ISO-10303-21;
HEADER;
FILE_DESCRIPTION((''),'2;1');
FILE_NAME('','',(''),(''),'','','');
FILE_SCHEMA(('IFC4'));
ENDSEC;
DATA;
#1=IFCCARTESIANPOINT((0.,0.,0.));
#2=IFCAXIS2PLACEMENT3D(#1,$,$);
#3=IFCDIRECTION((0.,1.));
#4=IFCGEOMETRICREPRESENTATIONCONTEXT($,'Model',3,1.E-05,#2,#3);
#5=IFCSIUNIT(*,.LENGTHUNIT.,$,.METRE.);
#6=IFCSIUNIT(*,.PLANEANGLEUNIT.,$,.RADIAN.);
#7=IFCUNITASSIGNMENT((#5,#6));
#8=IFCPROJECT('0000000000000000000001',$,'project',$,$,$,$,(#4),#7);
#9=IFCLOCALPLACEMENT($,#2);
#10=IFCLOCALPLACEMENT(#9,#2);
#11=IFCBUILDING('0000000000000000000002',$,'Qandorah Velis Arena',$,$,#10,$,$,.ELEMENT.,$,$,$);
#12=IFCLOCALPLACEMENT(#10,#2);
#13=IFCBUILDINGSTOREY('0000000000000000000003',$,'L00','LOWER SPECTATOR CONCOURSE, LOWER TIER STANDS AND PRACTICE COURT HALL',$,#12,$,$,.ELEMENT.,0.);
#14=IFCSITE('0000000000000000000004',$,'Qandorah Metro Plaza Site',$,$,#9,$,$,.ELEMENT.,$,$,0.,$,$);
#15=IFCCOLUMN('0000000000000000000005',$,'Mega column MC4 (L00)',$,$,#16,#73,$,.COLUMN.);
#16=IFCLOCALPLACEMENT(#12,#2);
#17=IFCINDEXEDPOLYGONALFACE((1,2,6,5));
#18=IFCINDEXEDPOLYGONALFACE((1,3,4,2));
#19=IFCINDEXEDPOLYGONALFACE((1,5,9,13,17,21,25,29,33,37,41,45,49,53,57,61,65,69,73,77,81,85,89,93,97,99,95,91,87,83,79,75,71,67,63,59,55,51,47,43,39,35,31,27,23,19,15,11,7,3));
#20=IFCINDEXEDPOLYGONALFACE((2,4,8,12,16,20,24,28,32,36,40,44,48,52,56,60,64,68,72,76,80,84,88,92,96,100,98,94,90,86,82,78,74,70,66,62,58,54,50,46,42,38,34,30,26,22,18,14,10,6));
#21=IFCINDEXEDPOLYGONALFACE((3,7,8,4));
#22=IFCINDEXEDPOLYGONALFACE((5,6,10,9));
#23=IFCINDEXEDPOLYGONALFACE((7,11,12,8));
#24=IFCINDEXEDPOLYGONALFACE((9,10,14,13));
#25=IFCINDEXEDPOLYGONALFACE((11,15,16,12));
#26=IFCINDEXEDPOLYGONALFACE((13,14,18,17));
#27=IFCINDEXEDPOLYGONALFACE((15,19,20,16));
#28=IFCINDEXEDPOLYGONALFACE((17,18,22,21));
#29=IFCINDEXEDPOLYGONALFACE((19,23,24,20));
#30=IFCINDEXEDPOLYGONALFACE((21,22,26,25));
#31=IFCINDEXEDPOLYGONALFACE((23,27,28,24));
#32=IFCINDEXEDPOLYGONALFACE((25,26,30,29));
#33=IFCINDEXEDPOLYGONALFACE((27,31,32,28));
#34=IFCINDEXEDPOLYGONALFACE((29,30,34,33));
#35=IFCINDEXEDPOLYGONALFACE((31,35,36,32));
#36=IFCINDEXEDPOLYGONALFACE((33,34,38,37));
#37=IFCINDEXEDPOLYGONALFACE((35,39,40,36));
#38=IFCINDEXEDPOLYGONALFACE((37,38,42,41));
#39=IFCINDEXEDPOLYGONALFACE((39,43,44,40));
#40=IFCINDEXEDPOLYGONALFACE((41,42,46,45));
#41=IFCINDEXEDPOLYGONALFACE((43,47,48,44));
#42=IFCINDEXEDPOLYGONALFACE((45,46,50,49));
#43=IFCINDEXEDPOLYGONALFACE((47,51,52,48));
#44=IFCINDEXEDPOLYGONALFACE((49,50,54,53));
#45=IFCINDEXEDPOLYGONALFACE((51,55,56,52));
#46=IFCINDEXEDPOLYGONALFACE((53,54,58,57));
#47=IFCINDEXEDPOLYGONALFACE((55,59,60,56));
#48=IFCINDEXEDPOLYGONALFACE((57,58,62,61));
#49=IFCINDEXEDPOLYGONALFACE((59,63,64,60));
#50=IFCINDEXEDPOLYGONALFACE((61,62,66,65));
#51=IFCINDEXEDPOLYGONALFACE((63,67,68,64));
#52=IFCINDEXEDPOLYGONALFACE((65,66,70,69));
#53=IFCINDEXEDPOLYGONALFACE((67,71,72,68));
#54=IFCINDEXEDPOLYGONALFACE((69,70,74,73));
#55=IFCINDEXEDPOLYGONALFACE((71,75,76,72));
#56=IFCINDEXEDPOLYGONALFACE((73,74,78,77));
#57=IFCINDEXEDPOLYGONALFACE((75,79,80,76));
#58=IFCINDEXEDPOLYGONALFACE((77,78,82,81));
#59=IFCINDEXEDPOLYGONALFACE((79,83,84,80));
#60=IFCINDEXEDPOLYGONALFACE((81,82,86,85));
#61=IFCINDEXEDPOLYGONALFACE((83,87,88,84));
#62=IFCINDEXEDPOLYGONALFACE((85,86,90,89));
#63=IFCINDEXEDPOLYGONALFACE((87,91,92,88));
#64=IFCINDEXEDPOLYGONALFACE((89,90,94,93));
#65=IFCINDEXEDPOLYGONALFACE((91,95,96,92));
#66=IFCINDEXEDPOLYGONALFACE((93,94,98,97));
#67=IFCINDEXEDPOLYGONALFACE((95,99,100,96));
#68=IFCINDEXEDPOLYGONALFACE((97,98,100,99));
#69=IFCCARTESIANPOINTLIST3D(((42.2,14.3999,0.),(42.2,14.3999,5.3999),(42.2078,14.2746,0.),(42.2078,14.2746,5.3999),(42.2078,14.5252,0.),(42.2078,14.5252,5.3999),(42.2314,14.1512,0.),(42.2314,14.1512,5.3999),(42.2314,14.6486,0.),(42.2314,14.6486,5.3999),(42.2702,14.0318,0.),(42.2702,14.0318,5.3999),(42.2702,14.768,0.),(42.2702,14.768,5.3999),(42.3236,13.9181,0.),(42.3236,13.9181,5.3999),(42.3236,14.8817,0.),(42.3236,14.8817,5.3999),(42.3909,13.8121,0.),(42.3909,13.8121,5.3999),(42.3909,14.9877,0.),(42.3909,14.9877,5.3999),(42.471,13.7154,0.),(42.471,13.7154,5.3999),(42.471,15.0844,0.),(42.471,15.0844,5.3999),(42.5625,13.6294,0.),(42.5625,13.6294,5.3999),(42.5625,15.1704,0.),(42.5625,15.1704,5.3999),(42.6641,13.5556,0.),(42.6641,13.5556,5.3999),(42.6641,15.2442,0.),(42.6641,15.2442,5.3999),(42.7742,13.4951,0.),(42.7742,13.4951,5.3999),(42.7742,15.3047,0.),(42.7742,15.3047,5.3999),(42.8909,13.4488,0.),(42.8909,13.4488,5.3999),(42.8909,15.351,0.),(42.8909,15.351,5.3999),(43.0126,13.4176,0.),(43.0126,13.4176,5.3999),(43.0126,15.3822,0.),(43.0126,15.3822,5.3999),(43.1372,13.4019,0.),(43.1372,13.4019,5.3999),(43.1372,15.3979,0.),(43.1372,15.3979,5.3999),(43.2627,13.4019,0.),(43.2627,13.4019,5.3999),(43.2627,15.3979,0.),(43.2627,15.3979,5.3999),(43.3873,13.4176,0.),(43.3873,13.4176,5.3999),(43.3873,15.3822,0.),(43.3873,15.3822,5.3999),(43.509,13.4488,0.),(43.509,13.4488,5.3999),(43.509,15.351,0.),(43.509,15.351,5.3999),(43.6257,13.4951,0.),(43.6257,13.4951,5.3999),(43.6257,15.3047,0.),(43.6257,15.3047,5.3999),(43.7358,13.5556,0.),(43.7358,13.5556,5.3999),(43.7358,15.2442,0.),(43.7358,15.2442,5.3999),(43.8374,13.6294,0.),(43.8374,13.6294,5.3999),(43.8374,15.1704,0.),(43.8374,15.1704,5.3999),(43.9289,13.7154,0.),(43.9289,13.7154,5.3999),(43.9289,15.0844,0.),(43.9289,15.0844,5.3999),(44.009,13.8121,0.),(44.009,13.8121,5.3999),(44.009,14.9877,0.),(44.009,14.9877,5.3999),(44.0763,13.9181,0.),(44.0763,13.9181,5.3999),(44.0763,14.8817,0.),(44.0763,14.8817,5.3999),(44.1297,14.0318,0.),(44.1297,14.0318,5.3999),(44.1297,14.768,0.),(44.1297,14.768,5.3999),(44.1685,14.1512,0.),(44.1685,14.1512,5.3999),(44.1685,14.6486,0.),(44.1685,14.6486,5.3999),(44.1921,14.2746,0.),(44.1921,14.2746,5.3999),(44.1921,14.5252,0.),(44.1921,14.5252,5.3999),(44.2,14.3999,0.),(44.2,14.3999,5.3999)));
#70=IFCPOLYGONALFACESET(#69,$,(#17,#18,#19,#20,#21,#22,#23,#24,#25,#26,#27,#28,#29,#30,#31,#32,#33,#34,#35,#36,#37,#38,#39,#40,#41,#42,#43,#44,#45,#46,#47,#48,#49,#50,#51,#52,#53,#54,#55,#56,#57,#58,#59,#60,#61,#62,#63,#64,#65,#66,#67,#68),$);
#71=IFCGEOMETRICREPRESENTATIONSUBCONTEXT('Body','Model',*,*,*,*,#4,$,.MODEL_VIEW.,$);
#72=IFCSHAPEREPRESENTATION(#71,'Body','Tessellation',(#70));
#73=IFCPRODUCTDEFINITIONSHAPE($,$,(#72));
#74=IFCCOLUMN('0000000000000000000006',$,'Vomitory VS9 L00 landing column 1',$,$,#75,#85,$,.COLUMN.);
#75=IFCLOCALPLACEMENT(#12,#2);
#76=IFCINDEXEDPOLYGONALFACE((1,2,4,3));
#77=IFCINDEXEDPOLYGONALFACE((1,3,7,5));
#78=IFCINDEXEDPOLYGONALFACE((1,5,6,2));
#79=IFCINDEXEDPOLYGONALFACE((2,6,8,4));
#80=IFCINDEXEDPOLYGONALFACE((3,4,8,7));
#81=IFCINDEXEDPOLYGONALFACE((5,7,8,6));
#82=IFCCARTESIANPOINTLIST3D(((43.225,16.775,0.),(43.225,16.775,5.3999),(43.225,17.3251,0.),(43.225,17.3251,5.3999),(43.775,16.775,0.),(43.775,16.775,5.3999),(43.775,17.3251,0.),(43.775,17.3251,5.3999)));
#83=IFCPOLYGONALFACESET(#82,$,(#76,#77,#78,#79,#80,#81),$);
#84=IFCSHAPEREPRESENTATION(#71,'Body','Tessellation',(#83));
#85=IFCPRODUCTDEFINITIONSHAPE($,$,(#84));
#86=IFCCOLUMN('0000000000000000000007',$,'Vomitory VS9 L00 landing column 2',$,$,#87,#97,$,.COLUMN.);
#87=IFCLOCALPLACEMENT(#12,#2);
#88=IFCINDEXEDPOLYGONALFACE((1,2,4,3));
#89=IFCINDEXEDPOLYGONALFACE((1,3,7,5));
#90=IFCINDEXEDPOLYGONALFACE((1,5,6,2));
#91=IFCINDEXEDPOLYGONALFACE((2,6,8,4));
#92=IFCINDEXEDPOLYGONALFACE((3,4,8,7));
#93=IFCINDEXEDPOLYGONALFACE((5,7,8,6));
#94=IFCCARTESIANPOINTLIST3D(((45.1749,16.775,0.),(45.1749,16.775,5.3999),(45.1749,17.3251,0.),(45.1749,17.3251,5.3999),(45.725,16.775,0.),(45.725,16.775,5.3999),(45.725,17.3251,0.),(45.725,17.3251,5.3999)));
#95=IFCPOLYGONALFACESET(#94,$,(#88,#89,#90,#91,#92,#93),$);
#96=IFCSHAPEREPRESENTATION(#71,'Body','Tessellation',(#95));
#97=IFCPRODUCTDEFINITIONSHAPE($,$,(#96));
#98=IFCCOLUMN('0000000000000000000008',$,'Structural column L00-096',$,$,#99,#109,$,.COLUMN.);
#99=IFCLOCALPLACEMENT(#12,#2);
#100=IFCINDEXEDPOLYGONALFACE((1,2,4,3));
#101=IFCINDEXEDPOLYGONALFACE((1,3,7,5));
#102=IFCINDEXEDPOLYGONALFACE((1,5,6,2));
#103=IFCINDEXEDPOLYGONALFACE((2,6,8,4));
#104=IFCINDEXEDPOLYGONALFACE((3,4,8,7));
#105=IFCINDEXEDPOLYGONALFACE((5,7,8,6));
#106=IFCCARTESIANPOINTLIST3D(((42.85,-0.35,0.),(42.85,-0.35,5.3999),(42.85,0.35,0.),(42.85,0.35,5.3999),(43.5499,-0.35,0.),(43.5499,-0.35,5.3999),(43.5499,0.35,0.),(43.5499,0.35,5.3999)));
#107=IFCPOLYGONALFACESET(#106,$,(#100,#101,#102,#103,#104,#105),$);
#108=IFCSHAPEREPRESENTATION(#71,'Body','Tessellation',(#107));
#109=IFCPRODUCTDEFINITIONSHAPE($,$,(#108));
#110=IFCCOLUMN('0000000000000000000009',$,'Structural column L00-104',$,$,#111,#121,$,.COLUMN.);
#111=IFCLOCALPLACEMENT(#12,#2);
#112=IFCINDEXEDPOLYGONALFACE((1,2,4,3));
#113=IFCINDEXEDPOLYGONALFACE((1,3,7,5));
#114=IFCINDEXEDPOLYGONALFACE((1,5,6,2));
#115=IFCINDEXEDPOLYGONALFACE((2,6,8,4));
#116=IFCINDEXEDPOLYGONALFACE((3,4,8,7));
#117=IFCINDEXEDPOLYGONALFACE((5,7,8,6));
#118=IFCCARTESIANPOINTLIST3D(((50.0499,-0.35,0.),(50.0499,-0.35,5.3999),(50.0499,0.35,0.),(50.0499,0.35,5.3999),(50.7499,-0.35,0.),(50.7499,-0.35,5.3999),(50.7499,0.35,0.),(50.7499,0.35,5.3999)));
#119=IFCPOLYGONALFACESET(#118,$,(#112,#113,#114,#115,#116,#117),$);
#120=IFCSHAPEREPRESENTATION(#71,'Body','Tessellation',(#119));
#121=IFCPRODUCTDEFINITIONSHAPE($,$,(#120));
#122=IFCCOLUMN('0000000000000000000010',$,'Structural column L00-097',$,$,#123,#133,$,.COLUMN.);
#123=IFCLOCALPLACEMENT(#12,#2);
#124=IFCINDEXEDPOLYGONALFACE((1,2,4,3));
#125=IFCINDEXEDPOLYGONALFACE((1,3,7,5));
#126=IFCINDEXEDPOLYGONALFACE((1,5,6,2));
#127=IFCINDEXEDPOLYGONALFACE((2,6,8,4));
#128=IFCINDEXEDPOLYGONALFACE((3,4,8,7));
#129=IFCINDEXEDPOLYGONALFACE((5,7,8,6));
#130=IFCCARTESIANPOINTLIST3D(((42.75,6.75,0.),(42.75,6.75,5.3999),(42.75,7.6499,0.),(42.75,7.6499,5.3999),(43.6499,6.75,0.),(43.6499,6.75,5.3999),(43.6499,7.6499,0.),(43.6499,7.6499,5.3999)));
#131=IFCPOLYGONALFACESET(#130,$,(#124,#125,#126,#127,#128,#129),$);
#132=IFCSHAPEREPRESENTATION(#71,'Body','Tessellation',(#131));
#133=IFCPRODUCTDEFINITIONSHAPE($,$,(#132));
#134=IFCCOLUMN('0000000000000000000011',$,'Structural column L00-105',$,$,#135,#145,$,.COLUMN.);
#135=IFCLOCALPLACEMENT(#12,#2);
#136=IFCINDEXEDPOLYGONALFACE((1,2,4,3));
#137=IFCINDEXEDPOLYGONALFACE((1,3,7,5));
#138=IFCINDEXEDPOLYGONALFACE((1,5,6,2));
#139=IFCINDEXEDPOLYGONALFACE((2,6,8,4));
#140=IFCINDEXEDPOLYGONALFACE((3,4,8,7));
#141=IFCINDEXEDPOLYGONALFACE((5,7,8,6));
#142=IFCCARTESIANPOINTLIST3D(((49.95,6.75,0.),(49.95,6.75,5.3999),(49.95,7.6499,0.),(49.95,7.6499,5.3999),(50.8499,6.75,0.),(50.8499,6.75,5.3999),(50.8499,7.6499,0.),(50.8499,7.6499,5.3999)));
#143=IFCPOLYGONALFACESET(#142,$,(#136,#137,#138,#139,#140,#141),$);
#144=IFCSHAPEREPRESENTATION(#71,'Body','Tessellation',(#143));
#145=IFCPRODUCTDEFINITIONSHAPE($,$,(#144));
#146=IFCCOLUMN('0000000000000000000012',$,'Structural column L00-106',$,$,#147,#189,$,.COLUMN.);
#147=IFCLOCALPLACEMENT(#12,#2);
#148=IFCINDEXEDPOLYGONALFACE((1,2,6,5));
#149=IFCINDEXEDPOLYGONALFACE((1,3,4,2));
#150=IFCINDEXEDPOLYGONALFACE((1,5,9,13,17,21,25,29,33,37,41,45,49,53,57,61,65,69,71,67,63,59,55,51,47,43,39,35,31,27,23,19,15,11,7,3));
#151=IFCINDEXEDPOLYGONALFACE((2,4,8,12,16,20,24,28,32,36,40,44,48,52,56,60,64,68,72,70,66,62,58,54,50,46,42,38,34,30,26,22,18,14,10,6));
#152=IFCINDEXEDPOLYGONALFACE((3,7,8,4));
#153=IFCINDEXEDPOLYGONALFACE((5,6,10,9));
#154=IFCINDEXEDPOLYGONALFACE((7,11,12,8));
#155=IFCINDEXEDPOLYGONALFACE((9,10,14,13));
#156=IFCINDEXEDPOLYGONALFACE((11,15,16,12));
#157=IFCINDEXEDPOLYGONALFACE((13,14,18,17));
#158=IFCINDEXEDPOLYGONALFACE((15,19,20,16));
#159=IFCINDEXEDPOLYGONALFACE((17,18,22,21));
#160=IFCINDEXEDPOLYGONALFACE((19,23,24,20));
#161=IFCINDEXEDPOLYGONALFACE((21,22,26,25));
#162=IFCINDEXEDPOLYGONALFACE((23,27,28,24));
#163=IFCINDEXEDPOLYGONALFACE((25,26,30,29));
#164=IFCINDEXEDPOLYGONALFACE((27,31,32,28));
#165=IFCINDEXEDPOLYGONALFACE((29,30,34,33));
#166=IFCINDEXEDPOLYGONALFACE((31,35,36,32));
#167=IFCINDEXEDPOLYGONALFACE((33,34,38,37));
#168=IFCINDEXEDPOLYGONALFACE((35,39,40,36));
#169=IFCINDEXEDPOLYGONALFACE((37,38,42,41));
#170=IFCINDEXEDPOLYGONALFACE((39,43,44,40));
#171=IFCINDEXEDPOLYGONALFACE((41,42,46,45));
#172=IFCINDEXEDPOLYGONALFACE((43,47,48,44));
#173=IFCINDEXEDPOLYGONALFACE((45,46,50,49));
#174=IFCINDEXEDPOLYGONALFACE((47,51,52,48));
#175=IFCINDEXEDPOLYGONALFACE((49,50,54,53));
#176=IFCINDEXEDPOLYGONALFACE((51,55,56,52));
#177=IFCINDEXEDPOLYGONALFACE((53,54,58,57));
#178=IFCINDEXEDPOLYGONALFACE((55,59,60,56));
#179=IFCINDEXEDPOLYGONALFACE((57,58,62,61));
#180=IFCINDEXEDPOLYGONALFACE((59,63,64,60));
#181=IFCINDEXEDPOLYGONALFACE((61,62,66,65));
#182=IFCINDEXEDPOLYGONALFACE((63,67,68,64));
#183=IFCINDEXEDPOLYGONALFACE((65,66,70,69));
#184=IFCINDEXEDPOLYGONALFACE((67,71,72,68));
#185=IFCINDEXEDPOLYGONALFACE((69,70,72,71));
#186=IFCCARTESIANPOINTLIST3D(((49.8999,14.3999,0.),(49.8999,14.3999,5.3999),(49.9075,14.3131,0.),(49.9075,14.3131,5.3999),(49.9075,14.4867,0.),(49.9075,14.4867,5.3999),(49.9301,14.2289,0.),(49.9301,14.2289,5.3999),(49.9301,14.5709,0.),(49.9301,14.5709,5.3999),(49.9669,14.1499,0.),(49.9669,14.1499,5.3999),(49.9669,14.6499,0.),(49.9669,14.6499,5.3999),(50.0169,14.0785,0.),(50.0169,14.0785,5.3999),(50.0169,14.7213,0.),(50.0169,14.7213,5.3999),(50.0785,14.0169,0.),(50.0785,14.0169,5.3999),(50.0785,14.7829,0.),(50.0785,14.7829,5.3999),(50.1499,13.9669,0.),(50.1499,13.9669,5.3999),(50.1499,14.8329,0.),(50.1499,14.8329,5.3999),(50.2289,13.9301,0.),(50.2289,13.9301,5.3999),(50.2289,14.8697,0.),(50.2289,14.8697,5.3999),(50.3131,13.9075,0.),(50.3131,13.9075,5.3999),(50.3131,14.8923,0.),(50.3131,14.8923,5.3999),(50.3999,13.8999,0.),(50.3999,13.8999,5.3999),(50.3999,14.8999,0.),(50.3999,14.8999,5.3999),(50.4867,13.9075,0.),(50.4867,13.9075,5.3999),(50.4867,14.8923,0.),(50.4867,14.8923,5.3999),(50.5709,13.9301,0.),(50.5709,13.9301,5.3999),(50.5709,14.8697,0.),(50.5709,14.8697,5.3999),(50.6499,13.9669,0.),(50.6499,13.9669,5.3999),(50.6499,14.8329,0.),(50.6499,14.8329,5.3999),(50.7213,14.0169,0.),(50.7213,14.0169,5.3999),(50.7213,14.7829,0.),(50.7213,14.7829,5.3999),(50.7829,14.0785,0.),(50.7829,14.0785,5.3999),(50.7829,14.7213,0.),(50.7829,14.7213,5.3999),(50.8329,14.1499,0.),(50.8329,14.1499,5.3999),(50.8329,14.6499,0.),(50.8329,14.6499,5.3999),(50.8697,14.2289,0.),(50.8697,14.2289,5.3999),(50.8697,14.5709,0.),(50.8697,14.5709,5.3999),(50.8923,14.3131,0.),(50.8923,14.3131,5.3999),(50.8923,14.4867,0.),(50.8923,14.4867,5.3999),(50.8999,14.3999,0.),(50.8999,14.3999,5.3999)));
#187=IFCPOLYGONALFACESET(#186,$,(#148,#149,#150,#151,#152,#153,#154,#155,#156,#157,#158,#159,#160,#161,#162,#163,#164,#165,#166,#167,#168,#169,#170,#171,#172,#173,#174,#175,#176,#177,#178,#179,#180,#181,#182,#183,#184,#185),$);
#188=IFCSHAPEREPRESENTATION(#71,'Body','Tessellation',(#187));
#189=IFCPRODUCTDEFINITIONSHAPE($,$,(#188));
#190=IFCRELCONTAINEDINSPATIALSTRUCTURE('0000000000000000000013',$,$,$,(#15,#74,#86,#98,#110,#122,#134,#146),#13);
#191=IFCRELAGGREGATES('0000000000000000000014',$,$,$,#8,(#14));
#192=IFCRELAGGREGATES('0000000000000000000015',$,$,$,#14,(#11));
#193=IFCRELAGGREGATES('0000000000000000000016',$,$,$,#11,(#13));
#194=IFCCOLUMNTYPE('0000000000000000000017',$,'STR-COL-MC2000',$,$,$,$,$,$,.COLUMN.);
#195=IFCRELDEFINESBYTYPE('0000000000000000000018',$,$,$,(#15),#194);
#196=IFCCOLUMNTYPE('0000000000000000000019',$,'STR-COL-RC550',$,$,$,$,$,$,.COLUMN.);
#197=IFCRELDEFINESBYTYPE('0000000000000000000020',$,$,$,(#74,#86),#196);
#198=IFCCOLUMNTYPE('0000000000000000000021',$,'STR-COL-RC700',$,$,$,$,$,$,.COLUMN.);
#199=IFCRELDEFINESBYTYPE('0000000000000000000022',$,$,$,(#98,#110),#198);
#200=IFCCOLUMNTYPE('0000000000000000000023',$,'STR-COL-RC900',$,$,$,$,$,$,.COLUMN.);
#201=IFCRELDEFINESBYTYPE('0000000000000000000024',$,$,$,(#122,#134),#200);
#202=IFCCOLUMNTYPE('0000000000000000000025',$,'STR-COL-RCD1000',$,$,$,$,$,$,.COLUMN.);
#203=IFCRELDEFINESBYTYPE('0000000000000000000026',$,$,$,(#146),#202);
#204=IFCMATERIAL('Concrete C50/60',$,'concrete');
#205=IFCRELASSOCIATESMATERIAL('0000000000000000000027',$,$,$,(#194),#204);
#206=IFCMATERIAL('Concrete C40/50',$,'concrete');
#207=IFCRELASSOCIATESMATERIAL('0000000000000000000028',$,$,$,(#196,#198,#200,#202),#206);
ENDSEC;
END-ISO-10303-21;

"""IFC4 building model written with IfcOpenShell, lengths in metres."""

from ifc_helpers import new_model, si_unit, direction, frame, origin, origin_2d, place, context, subcontext, project, spatial, rectangle, circle, extrude, material, material_profile, profile_set, type_object, element, save


model = new_model("IFC4")

# Units and contexts
model_context = context("Model", 3, precision=1e-05, world=origin(), true_north=direction((0.0, 1.0)))
body_context = subcontext(model_context, "Body", "Model", "MODEL_VIEW")
ifc_project = project(units=[si_unit("LENGTHUNIT", "METRE"), si_unit("PLANEANGLEUNIT", "RADIAN")], contexts=[model_context])

# Site, building, storey
site_placement = place(None, origin())
site = spatial("IfcSite", under=ifc_project, at=site_placement, Name="Qandorah Metro Plaza Site", CompositionType="ELEMENT", RefElevation=0.0)
building_placement = place(site_placement, origin())
building = spatial("IfcBuilding", under=site, at=building_placement, Name="Qandorah Velis Arena", CompositionType="ELEMENT")
storey_placement = place(building_placement, origin())
storey = spatial("IfcBuildingStorey", under=building, at=storey_placement, Name="L00", Description="LOWER SPECTATOR CONCOURSE, LOWER TIER STANDS AND PRACTICE COURT HALL", CompositionType="ELEMENT", Elevation=0.0)

# Columns
ifc_material_1 = material(Name="Concrete C50/60", Category="concrete")
ifc_material_profile_1 = material_profile(ifc_material_1, circle(Radius=1.0, at=origin_2d()), Name="MC D2000")
ifc_profile_set_1 = profile_set([ifc_material_profile_1], Name="Concrete C50/60")
column_type_1 = type_object("IfcColumnType", Name="STR-COL-MC2000", PredefinedType="COLUMN", material=ifc_profile_set_1)
column_1_placement = place(storey_placement, frame((43.2, 14.3999, 0.0), z_axis=(0.0, 0.0, 1.0), x_axis=(1.0, 0.0, 0.0)))
element("IfcColumn", 1, at=column_1_placement, inside=storey, type_object=column_type_1, Name="Mega column MC4 (L00)", PredefinedType="COLUMN", context=body_context, shape_type="SweptSolid", body=[
    extrude(circle(Radius=1.0, at=origin_2d()), origin(), (0.0, 0.0, 1.0), 5.3999),
])
ifc_material_2 = material(Name="Concrete C40/50", Category="concrete")
ifc_material_profile_2 = material_profile(ifc_material_2, rectangle(XDim=0.55, YDim=0.55, at=origin_2d()), Name="RC COL 550x550")
ifc_profile_set_2 = profile_set([ifc_material_profile_2], Name="Concrete C40/50")
column_type_2 = type_object("IfcColumnType", Name="STR-COL-RC550", PredefinedType="COLUMN", material=ifc_profile_set_2)
for number, where, z_axis, x_axis, name in (
    (2, (43.5, 17.05, 0.0), (0.0, 0.0, 1.0), (1.0, 0.0, 0.0), "Vomitory VS9 L00 landing column 1"),
    (3, (45.45, 17.05, 0.0), (0.0, 0.0, 1.0), (1.0, 0.0, 0.0), "Vomitory VS9 L00 landing column 2"),
):
    element("IfcColumn", number, at=place(storey_placement, frame(where, z_axis=z_axis, x_axis=x_axis)), inside=storey, type_object=column_type_2, Name=name, PredefinedType="COLUMN", context=body_context, shape_type="SweptSolid", body=[
        extrude(rectangle(XDim=0.55, YDim=0.55, at=origin_2d()), origin(), (0.0, 0.0, 1.0), 5.3999),
    ])
ifc_material_profile_3 = material_profile(ifc_material_2, rectangle(XDim=0.7, YDim=0.7, at=origin_2d()), Name="RC COL 700x700")
ifc_profile_set_3 = profile_set([ifc_material_profile_3], Name="Concrete C40/50")
column_type_3 = type_object("IfcColumnType", Name="STR-COL-RC700", PredefinedType="COLUMN", material=ifc_profile_set_3)
for number, where, z_axis, x_axis, name in (
    (4, (43.2, 0.0, 0.0), (0.0, 0.0, 1.0), (1.0, 0.0, 0.0), "Structural column L00-096"),
    (5, (50.3999, 0.0, 0.0), (0.0, 0.0, 1.0), (1.0, 0.0, 0.0), "Structural column L00-104"),
):
    element("IfcColumn", number, at=place(storey_placement, frame(where, z_axis=z_axis, x_axis=x_axis)), inside=storey, type_object=column_type_3, Name=name, PredefinedType="COLUMN", context=body_context, shape_type="SweptSolid", body=[
        extrude(rectangle(XDim=0.7, YDim=0.7, at=origin_2d()), origin(), (0.0, 0.0, 1.0), 5.3999),
    ])
ifc_material_profile_4 = material_profile(ifc_material_2, rectangle(XDim=0.8999, YDim=0.8999, at=origin_2d()), Name="RC COL 900x900")
ifc_profile_set_4 = profile_set([ifc_material_profile_4], Name="Concrete C40/50")
column_type_4 = type_object("IfcColumnType", Name="STR-COL-RC900", PredefinedType="COLUMN", material=ifc_profile_set_4)
for number, where, z_axis, x_axis, name in (
    (6, (43.2, 7.2, 0.0), (0.0, 0.0, 1.0), (1.0, 0.0, 0.0), "Structural column L00-097"),
    (7, (50.3999, 7.2, 0.0), (0.0, 0.0, 1.0), (1.0, 0.0, 0.0), "Structural column L00-105"),
):
    element("IfcColumn", number, at=place(storey_placement, frame(where, z_axis=z_axis, x_axis=x_axis)), inside=storey, type_object=column_type_4, Name=name, PredefinedType="COLUMN", context=body_context, shape_type="SweptSolid", body=[
        extrude(rectangle(XDim=0.8999, YDim=0.8999, at=origin_2d()), origin(), (0.0, 0.0, 1.0), 5.3999),
    ])
ifc_material_profile_5 = material_profile(ifc_material_2, circle(Radius=0.5, at=origin_2d()), Name="RC D1000")
ifc_profile_set_5 = profile_set([ifc_material_profile_5], Name="Concrete C40/50")
column_type_5 = type_object("IfcColumnType", Name="STR-COL-RCD1000", PredefinedType="COLUMN", material=ifc_profile_set_5)
column_2_placement = place(storey_placement, frame((50.3999, 14.3999, 0.0), z_axis=(0.0, 0.0, 1.0), x_axis=(1.0, 0.0, 0.0)))
element("IfcColumn", 8, at=column_2_placement, inside=storey, type_object=column_type_5, Name="Structural column L00-106", PredefinedType="COLUMN", context=body_context, shape_type="SweptSolid", body=[
    extrude(circle(Radius=0.5, at=origin_2d()), origin(), (0.0, 0.0, 1.0), 5.3999),
])

save(model, "model.ifc")
